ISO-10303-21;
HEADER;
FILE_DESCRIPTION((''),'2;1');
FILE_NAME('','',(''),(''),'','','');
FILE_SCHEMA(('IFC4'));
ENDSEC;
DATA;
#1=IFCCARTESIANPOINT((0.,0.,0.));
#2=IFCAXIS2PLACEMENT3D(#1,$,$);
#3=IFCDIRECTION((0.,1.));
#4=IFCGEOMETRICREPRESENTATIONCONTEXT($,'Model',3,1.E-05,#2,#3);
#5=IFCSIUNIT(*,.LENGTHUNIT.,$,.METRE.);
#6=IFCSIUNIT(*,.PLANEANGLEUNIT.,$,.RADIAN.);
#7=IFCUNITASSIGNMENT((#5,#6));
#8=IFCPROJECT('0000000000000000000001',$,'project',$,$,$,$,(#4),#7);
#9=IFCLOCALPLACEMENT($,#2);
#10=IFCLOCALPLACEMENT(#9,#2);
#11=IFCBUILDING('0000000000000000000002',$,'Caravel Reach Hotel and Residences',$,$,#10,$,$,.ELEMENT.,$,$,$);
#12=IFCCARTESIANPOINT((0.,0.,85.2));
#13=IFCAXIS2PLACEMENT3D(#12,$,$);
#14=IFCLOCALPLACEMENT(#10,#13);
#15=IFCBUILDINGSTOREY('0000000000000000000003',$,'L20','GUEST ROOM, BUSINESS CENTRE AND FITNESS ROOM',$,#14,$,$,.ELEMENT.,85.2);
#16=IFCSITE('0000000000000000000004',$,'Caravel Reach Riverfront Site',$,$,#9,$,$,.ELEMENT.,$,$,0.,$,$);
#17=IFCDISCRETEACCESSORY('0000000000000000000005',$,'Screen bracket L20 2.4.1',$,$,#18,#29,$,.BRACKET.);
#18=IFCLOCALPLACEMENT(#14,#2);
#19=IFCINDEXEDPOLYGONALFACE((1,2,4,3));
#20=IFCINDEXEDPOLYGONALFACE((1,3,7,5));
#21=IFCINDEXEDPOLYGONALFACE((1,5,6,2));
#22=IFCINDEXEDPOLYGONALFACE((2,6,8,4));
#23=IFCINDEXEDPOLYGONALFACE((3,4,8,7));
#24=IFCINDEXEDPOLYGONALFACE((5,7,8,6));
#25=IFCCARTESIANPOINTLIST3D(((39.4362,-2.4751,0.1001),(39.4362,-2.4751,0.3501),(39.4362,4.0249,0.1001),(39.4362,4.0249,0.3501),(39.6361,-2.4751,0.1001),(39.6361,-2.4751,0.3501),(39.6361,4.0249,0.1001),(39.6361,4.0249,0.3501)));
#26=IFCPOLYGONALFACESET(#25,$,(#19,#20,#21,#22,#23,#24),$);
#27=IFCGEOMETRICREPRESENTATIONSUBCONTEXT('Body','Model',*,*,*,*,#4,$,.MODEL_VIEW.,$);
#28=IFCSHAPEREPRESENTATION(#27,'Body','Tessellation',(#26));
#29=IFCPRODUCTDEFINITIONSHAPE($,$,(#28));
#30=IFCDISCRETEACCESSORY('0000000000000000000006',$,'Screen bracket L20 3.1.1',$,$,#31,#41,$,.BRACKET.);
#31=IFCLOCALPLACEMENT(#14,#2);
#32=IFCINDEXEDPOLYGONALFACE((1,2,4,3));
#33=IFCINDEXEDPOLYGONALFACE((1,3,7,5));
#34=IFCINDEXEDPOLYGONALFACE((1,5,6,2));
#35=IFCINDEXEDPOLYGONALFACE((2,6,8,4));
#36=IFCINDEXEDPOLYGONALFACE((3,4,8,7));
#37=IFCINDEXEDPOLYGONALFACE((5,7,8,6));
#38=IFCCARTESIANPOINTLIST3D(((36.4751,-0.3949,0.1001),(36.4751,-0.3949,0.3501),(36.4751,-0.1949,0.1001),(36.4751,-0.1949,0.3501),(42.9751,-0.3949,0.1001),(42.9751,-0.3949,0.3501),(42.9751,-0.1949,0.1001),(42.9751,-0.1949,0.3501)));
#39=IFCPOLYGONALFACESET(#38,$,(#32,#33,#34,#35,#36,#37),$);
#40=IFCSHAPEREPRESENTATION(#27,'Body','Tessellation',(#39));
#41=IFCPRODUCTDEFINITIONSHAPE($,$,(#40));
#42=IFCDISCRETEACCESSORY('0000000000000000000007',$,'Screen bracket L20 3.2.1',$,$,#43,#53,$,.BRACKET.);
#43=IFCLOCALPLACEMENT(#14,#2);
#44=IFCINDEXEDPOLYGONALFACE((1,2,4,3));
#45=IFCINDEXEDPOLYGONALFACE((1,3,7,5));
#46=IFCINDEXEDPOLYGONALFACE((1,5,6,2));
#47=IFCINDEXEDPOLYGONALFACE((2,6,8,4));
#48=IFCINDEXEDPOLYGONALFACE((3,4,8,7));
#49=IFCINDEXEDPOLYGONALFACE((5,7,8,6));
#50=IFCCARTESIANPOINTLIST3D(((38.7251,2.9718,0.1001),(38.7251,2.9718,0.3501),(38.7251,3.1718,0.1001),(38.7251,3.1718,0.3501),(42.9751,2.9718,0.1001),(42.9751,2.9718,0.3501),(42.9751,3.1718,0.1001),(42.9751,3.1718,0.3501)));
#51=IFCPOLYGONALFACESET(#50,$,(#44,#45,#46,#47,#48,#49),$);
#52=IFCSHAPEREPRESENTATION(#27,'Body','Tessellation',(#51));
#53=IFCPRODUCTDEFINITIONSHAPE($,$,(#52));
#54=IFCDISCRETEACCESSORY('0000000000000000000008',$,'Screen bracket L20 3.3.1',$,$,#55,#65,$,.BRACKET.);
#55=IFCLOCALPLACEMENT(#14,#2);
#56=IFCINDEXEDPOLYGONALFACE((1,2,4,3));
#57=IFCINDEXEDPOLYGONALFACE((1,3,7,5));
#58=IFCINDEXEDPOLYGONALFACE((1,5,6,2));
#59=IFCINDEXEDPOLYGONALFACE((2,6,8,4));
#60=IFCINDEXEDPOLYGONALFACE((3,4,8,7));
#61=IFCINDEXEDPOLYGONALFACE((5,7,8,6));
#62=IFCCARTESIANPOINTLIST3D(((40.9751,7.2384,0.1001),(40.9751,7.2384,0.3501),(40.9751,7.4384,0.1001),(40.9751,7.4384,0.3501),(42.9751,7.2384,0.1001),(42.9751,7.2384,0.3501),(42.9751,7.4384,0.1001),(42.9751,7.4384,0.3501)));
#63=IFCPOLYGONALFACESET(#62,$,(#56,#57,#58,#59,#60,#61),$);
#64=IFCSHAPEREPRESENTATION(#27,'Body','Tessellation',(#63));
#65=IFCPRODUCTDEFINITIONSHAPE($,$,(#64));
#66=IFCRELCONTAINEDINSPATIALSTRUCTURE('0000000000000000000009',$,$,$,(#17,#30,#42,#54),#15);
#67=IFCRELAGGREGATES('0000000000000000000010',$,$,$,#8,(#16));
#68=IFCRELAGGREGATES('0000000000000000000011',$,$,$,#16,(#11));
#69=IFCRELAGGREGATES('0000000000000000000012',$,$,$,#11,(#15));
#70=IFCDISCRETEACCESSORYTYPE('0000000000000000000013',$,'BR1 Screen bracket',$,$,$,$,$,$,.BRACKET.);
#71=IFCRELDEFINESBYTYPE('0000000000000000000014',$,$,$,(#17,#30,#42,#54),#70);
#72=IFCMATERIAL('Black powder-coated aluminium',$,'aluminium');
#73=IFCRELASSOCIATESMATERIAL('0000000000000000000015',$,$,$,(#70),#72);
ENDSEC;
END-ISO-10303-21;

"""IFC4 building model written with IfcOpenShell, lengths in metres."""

from ifc_helpers import new_model, si_unit, direction, frame, origin, origin_2d, place, context, subcontext, project, spatial, rectangle, extrude, material, type_object, element, save


model = new_model("IFC4")

# Units and contexts
model_context = context("Model", 3, precision=1e-05, world=origin(), true_north=direction((0.0, 1.0)))
body_context = subcontext(model_context, "Body", "Model", "MODEL_VIEW")
ifc_project = project(units=[si_unit("LENGTHUNIT", "METRE"), si_unit("PLANEANGLEUNIT", "RADIAN")], contexts=[model_context])

# Site, building, storey
site_placement = place(None, origin())
site = spatial("IfcSite", under=ifc_project, at=site_placement, Name="Caravel Reach Riverfront Site", CompositionType="ELEMENT", RefElevation=0.0)
building_placement = place(site_placement, origin())
building = spatial("IfcBuilding", under=site, at=building_placement, Name="Caravel Reach Hotel and Residences", CompositionType="ELEMENT")
storey_placement = place(building_placement, frame((0.0, 0.0, 85.2)))
storey = spatial("IfcBuildingStorey", under=building, at=storey_placement, Name="L20", Description="GUEST ROOM, BUSINESS CENTRE AND FITNESS ROOM", CompositionType="ELEMENT", Elevation=85.2)

# Discrete accessories
ifc_material_1 = material(Name="Black powder-coated aluminium", Category="aluminium")
discrete_accessory_type = type_object("IfcDiscreteAccessoryType", Name="BR1 Screen bracket", PredefinedType="BRACKET", material=ifc_material_1)
for number, where, z_axis, x_axis, name in (
    (1, (39.5361, 0.7749, 0.1001), (0.0, 0.0, 1.0), (0.0, -1.0, 0.0), "Screen bracket L20 2.4.1"),
    (2, (39.7251, -0.2949, 0.1001), (0.0, 0.0, 1.0), (1.0, 0.0, 0.0), "Screen bracket L20 3.1.1"),
):
    element("IfcDiscreteAccessory", number, at=place(storey_placement, frame(where, z_axis=z_axis, x_axis=x_axis)), inside=storey, type_object=discrete_accessory_type, Name=name, PredefinedType="BRACKET", context=body_context, shape_type="SweptSolid", body=[
        extrude(rectangle(XDim=6.5, YDim=0.2, at=origin_2d()), origin(), (0.0, 0.0, 1.0), 0.25),
    ])
discrete_accessory_1_placement = place(storey_placement, frame((40.8501, 3.0718, 0.1001), z_axis=(0.0, 0.0, 1.0), x_axis=(1.0, 0.0, 0.0)))
element("IfcDiscreteAccessory", 3, at=discrete_accessory_1_placement, inside=storey, type_object=discrete_accessory_type, Name="Screen bracket L20 3.2.1", PredefinedType="BRACKET", context=body_context, shape_type="SweptSolid", body=[
    extrude(rectangle(XDim=4.25, YDim=0.2, at=origin_2d()), origin(), (0.0, 0.0, 1.0), 0.25),
])
discrete_accessory_2_placement = place(storey_placement, frame((41.9751, 7.3384, 0.1001), z_axis=(0.0, 0.0, 1.0), x_axis=(1.0, 0.0, 0.0)))
element("IfcDiscreteAccessory", 4, at=discrete_accessory_2_placement, inside=storey, type_object=discrete_accessory_type, Name="Screen bracket L20 3.3.1", PredefinedType="BRACKET", context=body_context, shape_type="SweptSolid", body=[
    extrude(rectangle(XDim=2.0, YDim=0.2, at=origin_2d()), origin(), (0.0, 0.0, 1.0), 0.25),
])

save(model, "model.ifc")
